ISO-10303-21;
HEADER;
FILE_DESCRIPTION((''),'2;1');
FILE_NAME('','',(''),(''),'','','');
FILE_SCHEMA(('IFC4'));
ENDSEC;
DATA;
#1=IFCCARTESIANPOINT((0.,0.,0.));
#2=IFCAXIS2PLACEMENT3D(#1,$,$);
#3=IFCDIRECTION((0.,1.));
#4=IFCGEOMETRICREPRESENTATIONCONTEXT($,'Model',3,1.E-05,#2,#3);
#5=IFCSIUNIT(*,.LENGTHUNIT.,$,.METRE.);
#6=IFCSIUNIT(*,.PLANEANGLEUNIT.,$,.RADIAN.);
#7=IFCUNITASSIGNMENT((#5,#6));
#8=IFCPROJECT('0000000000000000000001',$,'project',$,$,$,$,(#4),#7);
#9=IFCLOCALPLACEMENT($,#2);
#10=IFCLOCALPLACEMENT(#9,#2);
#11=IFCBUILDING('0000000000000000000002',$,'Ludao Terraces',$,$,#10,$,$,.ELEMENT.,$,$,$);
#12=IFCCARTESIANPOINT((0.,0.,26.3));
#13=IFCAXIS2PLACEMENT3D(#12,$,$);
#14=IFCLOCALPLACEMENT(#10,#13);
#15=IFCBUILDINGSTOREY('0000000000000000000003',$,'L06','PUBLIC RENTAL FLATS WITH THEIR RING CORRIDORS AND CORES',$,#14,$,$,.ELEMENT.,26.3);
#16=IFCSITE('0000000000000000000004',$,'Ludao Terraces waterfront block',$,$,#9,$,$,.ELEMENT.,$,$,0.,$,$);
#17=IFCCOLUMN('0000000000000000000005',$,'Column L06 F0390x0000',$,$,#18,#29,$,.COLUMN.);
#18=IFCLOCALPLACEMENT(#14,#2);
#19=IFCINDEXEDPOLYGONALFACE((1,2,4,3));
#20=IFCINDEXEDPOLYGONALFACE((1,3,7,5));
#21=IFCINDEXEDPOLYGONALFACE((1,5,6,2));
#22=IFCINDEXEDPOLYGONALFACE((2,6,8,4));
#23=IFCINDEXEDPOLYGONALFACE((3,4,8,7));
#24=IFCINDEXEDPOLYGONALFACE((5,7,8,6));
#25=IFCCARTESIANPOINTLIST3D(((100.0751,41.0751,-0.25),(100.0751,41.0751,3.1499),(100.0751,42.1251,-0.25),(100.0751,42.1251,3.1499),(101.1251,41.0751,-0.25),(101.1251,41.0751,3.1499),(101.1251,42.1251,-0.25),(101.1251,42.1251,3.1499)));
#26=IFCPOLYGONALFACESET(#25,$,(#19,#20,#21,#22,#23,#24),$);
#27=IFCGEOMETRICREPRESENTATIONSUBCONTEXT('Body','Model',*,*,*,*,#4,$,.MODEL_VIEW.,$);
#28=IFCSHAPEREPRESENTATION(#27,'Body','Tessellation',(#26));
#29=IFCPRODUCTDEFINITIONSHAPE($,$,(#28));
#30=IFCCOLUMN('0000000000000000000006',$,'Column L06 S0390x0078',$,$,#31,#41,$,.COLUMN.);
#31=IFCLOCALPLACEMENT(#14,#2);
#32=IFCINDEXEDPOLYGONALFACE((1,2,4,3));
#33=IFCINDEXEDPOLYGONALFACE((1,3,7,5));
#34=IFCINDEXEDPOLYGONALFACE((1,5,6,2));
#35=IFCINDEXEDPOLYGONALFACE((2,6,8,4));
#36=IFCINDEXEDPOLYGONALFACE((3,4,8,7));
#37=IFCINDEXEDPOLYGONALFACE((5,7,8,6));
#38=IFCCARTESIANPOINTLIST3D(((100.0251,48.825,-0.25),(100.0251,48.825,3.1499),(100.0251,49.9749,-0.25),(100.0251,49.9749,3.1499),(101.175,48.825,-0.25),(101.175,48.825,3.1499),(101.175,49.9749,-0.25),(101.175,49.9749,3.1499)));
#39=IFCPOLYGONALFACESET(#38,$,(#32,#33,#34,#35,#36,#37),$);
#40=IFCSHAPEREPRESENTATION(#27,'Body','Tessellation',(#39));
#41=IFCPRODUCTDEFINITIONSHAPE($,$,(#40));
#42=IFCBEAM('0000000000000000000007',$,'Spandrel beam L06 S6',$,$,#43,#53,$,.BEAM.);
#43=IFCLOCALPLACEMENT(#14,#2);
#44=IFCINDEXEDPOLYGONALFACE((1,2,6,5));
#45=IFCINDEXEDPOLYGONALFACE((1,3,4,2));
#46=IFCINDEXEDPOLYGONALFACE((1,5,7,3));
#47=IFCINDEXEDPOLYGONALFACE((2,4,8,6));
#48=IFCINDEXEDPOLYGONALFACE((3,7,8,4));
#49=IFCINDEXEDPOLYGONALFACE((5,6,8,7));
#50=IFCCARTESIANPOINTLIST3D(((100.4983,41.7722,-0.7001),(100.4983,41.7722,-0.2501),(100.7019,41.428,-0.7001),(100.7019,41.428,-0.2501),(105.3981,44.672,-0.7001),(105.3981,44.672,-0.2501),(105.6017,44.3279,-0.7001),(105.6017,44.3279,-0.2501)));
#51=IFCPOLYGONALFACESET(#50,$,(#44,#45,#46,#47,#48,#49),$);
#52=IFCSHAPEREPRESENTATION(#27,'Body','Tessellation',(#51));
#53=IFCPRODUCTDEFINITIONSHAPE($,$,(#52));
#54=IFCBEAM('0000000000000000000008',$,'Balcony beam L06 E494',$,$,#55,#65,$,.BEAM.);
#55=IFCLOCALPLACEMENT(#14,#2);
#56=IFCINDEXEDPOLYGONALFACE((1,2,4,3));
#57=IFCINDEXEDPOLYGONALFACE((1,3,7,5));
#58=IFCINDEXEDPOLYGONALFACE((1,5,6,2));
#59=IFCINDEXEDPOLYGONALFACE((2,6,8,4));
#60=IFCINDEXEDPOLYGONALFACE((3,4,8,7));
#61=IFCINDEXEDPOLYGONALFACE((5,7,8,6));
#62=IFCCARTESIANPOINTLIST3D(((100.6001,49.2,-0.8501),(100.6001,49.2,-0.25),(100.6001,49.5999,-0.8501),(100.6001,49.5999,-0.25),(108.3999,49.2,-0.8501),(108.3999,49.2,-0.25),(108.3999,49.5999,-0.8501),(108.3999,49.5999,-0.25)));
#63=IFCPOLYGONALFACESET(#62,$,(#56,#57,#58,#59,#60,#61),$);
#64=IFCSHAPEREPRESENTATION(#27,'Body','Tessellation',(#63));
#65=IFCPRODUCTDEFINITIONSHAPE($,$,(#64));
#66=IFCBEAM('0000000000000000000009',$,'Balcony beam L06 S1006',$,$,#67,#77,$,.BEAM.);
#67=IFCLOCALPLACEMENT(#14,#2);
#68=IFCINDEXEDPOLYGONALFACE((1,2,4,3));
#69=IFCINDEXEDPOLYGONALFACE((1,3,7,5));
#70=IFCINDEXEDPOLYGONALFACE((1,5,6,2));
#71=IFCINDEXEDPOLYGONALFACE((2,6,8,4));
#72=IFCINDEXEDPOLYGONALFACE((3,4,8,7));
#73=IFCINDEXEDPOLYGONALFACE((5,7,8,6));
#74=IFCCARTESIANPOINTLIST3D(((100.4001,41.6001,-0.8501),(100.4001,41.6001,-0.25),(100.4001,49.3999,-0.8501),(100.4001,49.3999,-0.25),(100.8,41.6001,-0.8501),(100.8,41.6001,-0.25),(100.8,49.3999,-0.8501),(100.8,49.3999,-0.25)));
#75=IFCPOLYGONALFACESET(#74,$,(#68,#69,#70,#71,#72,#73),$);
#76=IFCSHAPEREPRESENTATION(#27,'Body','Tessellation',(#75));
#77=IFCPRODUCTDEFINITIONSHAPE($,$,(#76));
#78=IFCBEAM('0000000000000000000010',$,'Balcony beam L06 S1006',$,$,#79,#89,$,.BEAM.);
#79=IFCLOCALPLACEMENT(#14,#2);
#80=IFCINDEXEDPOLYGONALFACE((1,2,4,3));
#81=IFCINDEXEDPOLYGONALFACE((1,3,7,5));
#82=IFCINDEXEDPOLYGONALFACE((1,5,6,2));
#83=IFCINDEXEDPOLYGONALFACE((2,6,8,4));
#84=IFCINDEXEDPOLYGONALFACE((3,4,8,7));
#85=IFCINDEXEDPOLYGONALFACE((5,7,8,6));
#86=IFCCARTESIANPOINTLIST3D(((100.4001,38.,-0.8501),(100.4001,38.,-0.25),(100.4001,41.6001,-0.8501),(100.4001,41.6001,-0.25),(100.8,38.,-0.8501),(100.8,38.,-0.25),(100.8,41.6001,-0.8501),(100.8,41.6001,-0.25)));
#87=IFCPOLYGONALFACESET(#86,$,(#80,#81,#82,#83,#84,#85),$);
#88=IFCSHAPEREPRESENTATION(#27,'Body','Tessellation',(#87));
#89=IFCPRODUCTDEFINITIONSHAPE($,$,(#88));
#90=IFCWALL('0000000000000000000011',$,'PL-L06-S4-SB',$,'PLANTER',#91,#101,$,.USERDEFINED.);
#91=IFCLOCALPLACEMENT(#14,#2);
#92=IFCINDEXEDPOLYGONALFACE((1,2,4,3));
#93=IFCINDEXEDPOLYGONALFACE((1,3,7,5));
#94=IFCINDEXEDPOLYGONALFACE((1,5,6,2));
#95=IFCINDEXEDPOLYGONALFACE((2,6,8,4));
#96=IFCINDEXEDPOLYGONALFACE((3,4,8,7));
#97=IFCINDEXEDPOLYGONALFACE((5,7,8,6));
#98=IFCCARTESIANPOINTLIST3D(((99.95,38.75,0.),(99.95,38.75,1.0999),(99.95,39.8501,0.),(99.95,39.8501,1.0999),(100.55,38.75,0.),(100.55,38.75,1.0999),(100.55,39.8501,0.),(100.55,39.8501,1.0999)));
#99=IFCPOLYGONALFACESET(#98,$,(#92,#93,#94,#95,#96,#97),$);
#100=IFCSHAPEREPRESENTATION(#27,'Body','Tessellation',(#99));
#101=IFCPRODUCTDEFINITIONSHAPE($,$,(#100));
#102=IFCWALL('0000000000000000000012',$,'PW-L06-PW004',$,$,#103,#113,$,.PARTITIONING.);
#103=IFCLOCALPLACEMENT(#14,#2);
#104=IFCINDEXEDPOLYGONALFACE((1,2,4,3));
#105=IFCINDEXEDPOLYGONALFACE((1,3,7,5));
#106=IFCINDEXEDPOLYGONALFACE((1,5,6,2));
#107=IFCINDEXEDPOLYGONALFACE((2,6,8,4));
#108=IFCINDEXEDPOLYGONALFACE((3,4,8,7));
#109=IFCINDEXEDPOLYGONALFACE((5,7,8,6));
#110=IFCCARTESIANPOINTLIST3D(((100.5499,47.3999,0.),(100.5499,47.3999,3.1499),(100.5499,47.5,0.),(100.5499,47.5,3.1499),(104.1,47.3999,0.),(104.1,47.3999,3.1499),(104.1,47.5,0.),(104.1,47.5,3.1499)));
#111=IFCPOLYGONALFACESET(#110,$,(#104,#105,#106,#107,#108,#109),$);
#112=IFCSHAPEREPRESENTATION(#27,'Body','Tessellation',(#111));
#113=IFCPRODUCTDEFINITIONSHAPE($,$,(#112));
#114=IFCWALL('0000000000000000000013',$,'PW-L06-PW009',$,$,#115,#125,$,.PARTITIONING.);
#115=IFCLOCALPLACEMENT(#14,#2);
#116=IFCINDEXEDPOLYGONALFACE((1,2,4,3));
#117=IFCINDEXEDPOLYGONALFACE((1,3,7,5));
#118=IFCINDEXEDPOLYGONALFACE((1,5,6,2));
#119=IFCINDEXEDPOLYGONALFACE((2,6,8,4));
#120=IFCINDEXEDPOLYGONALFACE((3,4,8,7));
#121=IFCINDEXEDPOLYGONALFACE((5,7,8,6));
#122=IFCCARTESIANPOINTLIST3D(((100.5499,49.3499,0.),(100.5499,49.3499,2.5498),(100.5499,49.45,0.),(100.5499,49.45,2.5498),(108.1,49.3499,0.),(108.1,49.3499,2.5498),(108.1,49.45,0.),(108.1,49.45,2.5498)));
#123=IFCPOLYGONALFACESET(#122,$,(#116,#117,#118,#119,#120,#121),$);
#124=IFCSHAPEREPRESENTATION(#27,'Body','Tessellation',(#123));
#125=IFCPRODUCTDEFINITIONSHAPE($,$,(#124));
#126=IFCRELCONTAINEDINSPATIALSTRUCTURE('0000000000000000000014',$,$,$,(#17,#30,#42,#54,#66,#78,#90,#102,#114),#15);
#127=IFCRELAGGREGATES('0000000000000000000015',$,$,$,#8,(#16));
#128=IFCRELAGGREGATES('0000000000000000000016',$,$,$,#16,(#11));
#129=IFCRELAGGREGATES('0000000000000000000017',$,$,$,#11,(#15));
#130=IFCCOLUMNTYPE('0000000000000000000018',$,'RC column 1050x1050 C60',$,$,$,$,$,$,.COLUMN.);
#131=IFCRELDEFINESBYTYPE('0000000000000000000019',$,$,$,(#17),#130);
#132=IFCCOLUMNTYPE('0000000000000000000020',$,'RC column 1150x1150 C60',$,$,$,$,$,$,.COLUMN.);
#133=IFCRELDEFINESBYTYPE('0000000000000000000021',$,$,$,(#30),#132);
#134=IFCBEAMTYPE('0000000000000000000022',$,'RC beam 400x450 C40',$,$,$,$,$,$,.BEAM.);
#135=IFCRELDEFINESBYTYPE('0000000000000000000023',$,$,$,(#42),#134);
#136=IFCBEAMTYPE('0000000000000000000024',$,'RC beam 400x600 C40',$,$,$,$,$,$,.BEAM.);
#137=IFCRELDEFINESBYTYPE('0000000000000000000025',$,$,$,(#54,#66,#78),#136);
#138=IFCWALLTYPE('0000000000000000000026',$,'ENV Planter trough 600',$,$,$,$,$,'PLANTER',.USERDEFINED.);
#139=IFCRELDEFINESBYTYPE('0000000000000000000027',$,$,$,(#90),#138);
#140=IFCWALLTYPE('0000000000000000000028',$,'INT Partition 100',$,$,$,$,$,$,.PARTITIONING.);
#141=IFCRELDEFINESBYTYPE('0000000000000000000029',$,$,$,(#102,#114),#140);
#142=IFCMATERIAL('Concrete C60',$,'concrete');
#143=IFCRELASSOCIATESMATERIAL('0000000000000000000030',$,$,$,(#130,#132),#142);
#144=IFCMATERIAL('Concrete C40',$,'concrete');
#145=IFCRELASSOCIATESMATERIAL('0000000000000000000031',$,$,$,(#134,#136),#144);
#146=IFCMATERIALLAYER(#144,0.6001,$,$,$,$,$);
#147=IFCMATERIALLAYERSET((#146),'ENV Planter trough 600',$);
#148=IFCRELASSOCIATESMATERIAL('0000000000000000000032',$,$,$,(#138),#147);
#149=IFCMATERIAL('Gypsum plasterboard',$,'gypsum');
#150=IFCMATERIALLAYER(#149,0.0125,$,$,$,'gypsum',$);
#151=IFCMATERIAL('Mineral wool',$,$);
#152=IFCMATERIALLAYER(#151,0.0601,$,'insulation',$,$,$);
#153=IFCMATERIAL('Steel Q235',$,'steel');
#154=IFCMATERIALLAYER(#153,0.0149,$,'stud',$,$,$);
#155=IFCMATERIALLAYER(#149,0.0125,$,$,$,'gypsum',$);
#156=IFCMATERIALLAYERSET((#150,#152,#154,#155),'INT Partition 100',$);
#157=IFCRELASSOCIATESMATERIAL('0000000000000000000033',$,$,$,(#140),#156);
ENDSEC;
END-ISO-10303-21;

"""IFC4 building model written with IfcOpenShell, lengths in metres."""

from ifc_helpers import new_model, si_unit, direction, frame, frame_2d, origin, origin_2d, place, context, subcontext, project, spatial, rectangle, extrude, material, layer, layer_set, material_profile, profile_set, type_object, element, save


model = new_model("IFC4")

# Units and contexts
model_context = context("Model", 3, precision=1e-05, world=origin(), true_north=direction((0.0, 1.0)))
body_context = subcontext(model_context, "Body", "Model", "MODEL_VIEW")
ifc_project = project(units=[si_unit("LENGTHUNIT", "METRE"), si_unit("PLANEANGLEUNIT", "RADIAN")], contexts=[model_context])

# Site, building, storey
site_placement = place(None, origin())
site = spatial("IfcSite", under=ifc_project, at=site_placement, Name="Ludao Terraces waterfront block", CompositionType="ELEMENT", RefElevation=0.0)
building_placement = place(site_placement, origin())
building = spatial("IfcBuilding", under=site, at=building_placement, Name="Ludao Terraces", CompositionType="ELEMENT")
storey_placement = place(building_placement, frame((0.0, 0.0, 26.3)))
storey = spatial("IfcBuildingStorey", under=building, at=storey_placement, Name="L06", Description="PUBLIC RENTAL FLATS WITH THEIR RING CORRIDORS AND CORES", CompositionType="ELEMENT", Elevation=26.3)

# Columns
ifc_material_1 = material(Name="Concrete C60", Category="concrete")
ifc_material_profile_1 = material_profile(ifc_material_1, rectangle(XDim=1.05, YDim=1.05, at=origin_2d()), Name="1050 X 1050")
ifc_profile_set_1 = profile_set([ifc_material_profile_1], Name="Concrete C60")
column_type_1 = type_object("IfcColumnType", Name="RC column 1050x1050 C60", PredefinedType="COLUMN", material=ifc_profile_set_1)
column_1_placement = place(storey_placement, frame((100.6001, 41.6001, -0.25), z_axis=(0.0, 0.0, 1.0), x_axis=(1.0, 0.0, 0.0)))
element("IfcColumn", 1, at=column_1_placement, inside=storey, type_object=column_type_1, Name="Column L06 F0390x0000", PredefinedType="COLUMN", context=body_context, shape_type="SweptSolid", body=[
    extrude(rectangle(XDim=1.05, YDim=1.05, at=origin_2d()), origin(), (0.0, 0.0, 1.0), 3.3999),
])
ifc_material_profile_2 = material_profile(ifc_material_1, rectangle(XDim=1.1499, YDim=1.1499, at=origin_2d()), Name="1150 X 1150")
ifc_profile_set_2 = profile_set([ifc_material_profile_2], Name="Concrete C60")
column_type_2 = type_object("IfcColumnType", Name="RC column 1150x1150 C60", PredefinedType="COLUMN", material=ifc_profile_set_2)
column_2_placement = place(storey_placement, frame((100.6001, 49.3999, -0.25), z_axis=(0.0, 0.0, 1.0), x_axis=(1.0, 0.0, 0.0)))
element("IfcColumn", 2, at=column_2_placement, inside=storey, type_object=column_type_2, Name="Column L06 S0390x0078", PredefinedType="COLUMN", context=body_context, shape_type="SweptSolid", body=[
    extrude(rectangle(XDim=1.1499, YDim=1.1499, at=origin_2d()), origin(), (0.0, 0.0, 1.0), 3.3999),
])

# Beams
ifc_material_2 = material(Name="Concrete C40", Category="concrete")
ifc_material_profile_3 = material_profile(ifc_material_2, rectangle(XDim=0.3999, YDim=0.45, at=origin_2d()), Name="400 X 450")
ifc_profile_set_3 = profile_set([ifc_material_profile_3], Name="Concrete C40")
beam_type_1 = type_object("IfcBeamType", Name="RC beam 400x450 C40", PredefinedType="BEAM", material=ifc_profile_set_3)
beam_1_placement = place(storey_placement, frame((100.6001, 41.6001, -0.4751), z_axis=(0.86058, 0.509316, 0.0), x_axis=(-0.509316, 0.86058, 0.0)))
element("IfcBeam", 3, at=beam_1_placement, inside=storey, type_object=beam_type_1, Name="Spandrel beam L06 S6", PredefinedType="BEAM", context=body_context, shape_type="SweptSolid", body=[
    extrude(rectangle(XDim=0.3999, YDim=0.45, at=origin_2d()), origin(), (0.0, 0.0, 1.0), 5.6936),
])
ifc_material_profile_4 = material_profile(ifc_material_2, rectangle(XDim=0.3999, YDim=0.6001, at=origin_2d()), Name="400 X 600")
ifc_profile_set_4 = profile_set([ifc_material_profile_4], Name="Concrete C40")
beam_type_2 = type_object("IfcBeamType", Name="RC beam 400x600 C40", PredefinedType="BEAM", material=ifc_profile_set_4)
for number, where, z_axis, x_axis, name in (
    (4, (100.6001, 49.3999, -0.55), (1.0, 0.0, 0.0), (0.0, 1.0, 0.0), "Balcony beam L06 E494"),
    (5, (100.6001, 49.3999, -0.55), (0.0, -1.0, 0.0), (1.0, 0.0, 0.0), "Balcony beam L06 S1006"),
):
    element("IfcBeam", number, at=place(storey_placement, frame(where, z_axis=z_axis, x_axis=x_axis)), inside=storey, type_object=beam_type_2, Name=name, PredefinedType="BEAM", context=body_context, shape_type="SweptSolid", body=[
        extrude(rectangle(XDim=0.3999, YDim=0.6001, at=origin_2d()), origin(), (0.0, 0.0, 1.0), 7.7998),
    ])
beam_2_placement = place(storey_placement, frame((100.6001, 41.6001, -0.55), z_axis=(0.0, -1.0, 0.0), x_axis=(1.0, 0.0, 0.0)))
element("IfcBeam", 6, at=beam_2_placement, inside=storey, type_object=beam_type_2, Name="Balcony beam L06 S1006", PredefinedType="BEAM", context=body_context, shape_type="SweptSolid", body=[
    extrude(rectangle(XDim=0.3999, YDim=0.6001, at=origin_2d()), origin(), (0.0, 0.0, 1.0), 3.6001),
])

# Walls
ifc_layer_1 = layer(ifc_material_2, 0.6001)
ifc_layer_set_1 = layer_set([ifc_layer_1], Name="ENV Planter trough 600")
wall_type_1 = type_object("IfcWallType", Name="ENV Planter trough 600", ElementType="PLANTER", PredefinedType="USERDEFINED", material=ifc_layer_set_1)
wall_1_placement = place(storey_placement, frame((100.25, 38.75, 0.0), z_axis=(0.0, 0.0, 1.0), x_axis=(0.0, 1.0, 0.0)))
element("IfcWall", 7, at=wall_1_placement, inside=storey, type_object=wall_type_1, Name="PL-L06-S4-SB", ObjectType="PLANTER", PredefinedType="USERDEFINED", context=body_context, shape_type="SweptSolid", body=[
    extrude(rectangle(XDim=1.1001, YDim=0.6001, at=frame_2d((0.55, 0.0))), origin(), (0.0, 0.0, 1.0), 1.0999),
])
ifc_material_3 = material(Name="Gypsum plasterboard", Category="gypsum")
ifc_layer_2 = layer(ifc_material_3, 0.0125, Category="gypsum")
ifc_material_4 = material(Name="Mineral wool")
ifc_layer_3 = layer(ifc_material_4, 0.0601, Name="insulation")
ifc_material_5 = material(Name="Steel Q235", Category="steel")
ifc_layer_4 = layer(ifc_material_5, 0.0149, Name="stud")
ifc_layer_5 = layer(ifc_material_3, 0.0125, Category="gypsum")
ifc_layer_set_2 = layer_set([ifc_layer_2, ifc_layer_3, ifc_layer_4, ifc_layer_5], Name="INT Partition 100")
wall_type_2 = type_object("IfcWallType", Name="INT Partition 100", PredefinedType="PARTITIONING", material=ifc_layer_set_2)
wall_2_placement = place(storey_placement, frame((100.55, 47.45, 0.0), z_axis=(0.0, 0.0, 1.0), x_axis=(1.0, 0.0, 0.0)))
element("IfcWall", 8, at=wall_2_placement, inside=storey, type_object=wall_type_2, Name="PW-L06-PW004", PredefinedType="PARTITIONING", context=body_context, shape_type="SweptSolid", body=[
    extrude(rectangle(XDim=3.55, YDim=0.1001, at=frame_2d((1.7749, 0.0))), origin(), (0.0, 0.0, 1.0), 3.1499),
])
wall_3_placement = place(storey_placement, frame((100.55, 49.3999, 0.0), z_axis=(0.0, 0.0, 1.0), x_axis=(1.0, 0.0, 0.0)))
element("IfcWall", 9, at=wall_3_placement, inside=storey, type_object=wall_type_2, Name="PW-L06-PW009", PredefinedType="PARTITIONING", context=body_context, shape_type="SweptSolid", body=[
    extrude(rectangle(XDim=7.55, YDim=0.1001, at=frame_2d((3.7749, 0.0))), origin(), (0.0, 0.0, 1.0), 2.5498),
])

save(model, "model.ifc")
